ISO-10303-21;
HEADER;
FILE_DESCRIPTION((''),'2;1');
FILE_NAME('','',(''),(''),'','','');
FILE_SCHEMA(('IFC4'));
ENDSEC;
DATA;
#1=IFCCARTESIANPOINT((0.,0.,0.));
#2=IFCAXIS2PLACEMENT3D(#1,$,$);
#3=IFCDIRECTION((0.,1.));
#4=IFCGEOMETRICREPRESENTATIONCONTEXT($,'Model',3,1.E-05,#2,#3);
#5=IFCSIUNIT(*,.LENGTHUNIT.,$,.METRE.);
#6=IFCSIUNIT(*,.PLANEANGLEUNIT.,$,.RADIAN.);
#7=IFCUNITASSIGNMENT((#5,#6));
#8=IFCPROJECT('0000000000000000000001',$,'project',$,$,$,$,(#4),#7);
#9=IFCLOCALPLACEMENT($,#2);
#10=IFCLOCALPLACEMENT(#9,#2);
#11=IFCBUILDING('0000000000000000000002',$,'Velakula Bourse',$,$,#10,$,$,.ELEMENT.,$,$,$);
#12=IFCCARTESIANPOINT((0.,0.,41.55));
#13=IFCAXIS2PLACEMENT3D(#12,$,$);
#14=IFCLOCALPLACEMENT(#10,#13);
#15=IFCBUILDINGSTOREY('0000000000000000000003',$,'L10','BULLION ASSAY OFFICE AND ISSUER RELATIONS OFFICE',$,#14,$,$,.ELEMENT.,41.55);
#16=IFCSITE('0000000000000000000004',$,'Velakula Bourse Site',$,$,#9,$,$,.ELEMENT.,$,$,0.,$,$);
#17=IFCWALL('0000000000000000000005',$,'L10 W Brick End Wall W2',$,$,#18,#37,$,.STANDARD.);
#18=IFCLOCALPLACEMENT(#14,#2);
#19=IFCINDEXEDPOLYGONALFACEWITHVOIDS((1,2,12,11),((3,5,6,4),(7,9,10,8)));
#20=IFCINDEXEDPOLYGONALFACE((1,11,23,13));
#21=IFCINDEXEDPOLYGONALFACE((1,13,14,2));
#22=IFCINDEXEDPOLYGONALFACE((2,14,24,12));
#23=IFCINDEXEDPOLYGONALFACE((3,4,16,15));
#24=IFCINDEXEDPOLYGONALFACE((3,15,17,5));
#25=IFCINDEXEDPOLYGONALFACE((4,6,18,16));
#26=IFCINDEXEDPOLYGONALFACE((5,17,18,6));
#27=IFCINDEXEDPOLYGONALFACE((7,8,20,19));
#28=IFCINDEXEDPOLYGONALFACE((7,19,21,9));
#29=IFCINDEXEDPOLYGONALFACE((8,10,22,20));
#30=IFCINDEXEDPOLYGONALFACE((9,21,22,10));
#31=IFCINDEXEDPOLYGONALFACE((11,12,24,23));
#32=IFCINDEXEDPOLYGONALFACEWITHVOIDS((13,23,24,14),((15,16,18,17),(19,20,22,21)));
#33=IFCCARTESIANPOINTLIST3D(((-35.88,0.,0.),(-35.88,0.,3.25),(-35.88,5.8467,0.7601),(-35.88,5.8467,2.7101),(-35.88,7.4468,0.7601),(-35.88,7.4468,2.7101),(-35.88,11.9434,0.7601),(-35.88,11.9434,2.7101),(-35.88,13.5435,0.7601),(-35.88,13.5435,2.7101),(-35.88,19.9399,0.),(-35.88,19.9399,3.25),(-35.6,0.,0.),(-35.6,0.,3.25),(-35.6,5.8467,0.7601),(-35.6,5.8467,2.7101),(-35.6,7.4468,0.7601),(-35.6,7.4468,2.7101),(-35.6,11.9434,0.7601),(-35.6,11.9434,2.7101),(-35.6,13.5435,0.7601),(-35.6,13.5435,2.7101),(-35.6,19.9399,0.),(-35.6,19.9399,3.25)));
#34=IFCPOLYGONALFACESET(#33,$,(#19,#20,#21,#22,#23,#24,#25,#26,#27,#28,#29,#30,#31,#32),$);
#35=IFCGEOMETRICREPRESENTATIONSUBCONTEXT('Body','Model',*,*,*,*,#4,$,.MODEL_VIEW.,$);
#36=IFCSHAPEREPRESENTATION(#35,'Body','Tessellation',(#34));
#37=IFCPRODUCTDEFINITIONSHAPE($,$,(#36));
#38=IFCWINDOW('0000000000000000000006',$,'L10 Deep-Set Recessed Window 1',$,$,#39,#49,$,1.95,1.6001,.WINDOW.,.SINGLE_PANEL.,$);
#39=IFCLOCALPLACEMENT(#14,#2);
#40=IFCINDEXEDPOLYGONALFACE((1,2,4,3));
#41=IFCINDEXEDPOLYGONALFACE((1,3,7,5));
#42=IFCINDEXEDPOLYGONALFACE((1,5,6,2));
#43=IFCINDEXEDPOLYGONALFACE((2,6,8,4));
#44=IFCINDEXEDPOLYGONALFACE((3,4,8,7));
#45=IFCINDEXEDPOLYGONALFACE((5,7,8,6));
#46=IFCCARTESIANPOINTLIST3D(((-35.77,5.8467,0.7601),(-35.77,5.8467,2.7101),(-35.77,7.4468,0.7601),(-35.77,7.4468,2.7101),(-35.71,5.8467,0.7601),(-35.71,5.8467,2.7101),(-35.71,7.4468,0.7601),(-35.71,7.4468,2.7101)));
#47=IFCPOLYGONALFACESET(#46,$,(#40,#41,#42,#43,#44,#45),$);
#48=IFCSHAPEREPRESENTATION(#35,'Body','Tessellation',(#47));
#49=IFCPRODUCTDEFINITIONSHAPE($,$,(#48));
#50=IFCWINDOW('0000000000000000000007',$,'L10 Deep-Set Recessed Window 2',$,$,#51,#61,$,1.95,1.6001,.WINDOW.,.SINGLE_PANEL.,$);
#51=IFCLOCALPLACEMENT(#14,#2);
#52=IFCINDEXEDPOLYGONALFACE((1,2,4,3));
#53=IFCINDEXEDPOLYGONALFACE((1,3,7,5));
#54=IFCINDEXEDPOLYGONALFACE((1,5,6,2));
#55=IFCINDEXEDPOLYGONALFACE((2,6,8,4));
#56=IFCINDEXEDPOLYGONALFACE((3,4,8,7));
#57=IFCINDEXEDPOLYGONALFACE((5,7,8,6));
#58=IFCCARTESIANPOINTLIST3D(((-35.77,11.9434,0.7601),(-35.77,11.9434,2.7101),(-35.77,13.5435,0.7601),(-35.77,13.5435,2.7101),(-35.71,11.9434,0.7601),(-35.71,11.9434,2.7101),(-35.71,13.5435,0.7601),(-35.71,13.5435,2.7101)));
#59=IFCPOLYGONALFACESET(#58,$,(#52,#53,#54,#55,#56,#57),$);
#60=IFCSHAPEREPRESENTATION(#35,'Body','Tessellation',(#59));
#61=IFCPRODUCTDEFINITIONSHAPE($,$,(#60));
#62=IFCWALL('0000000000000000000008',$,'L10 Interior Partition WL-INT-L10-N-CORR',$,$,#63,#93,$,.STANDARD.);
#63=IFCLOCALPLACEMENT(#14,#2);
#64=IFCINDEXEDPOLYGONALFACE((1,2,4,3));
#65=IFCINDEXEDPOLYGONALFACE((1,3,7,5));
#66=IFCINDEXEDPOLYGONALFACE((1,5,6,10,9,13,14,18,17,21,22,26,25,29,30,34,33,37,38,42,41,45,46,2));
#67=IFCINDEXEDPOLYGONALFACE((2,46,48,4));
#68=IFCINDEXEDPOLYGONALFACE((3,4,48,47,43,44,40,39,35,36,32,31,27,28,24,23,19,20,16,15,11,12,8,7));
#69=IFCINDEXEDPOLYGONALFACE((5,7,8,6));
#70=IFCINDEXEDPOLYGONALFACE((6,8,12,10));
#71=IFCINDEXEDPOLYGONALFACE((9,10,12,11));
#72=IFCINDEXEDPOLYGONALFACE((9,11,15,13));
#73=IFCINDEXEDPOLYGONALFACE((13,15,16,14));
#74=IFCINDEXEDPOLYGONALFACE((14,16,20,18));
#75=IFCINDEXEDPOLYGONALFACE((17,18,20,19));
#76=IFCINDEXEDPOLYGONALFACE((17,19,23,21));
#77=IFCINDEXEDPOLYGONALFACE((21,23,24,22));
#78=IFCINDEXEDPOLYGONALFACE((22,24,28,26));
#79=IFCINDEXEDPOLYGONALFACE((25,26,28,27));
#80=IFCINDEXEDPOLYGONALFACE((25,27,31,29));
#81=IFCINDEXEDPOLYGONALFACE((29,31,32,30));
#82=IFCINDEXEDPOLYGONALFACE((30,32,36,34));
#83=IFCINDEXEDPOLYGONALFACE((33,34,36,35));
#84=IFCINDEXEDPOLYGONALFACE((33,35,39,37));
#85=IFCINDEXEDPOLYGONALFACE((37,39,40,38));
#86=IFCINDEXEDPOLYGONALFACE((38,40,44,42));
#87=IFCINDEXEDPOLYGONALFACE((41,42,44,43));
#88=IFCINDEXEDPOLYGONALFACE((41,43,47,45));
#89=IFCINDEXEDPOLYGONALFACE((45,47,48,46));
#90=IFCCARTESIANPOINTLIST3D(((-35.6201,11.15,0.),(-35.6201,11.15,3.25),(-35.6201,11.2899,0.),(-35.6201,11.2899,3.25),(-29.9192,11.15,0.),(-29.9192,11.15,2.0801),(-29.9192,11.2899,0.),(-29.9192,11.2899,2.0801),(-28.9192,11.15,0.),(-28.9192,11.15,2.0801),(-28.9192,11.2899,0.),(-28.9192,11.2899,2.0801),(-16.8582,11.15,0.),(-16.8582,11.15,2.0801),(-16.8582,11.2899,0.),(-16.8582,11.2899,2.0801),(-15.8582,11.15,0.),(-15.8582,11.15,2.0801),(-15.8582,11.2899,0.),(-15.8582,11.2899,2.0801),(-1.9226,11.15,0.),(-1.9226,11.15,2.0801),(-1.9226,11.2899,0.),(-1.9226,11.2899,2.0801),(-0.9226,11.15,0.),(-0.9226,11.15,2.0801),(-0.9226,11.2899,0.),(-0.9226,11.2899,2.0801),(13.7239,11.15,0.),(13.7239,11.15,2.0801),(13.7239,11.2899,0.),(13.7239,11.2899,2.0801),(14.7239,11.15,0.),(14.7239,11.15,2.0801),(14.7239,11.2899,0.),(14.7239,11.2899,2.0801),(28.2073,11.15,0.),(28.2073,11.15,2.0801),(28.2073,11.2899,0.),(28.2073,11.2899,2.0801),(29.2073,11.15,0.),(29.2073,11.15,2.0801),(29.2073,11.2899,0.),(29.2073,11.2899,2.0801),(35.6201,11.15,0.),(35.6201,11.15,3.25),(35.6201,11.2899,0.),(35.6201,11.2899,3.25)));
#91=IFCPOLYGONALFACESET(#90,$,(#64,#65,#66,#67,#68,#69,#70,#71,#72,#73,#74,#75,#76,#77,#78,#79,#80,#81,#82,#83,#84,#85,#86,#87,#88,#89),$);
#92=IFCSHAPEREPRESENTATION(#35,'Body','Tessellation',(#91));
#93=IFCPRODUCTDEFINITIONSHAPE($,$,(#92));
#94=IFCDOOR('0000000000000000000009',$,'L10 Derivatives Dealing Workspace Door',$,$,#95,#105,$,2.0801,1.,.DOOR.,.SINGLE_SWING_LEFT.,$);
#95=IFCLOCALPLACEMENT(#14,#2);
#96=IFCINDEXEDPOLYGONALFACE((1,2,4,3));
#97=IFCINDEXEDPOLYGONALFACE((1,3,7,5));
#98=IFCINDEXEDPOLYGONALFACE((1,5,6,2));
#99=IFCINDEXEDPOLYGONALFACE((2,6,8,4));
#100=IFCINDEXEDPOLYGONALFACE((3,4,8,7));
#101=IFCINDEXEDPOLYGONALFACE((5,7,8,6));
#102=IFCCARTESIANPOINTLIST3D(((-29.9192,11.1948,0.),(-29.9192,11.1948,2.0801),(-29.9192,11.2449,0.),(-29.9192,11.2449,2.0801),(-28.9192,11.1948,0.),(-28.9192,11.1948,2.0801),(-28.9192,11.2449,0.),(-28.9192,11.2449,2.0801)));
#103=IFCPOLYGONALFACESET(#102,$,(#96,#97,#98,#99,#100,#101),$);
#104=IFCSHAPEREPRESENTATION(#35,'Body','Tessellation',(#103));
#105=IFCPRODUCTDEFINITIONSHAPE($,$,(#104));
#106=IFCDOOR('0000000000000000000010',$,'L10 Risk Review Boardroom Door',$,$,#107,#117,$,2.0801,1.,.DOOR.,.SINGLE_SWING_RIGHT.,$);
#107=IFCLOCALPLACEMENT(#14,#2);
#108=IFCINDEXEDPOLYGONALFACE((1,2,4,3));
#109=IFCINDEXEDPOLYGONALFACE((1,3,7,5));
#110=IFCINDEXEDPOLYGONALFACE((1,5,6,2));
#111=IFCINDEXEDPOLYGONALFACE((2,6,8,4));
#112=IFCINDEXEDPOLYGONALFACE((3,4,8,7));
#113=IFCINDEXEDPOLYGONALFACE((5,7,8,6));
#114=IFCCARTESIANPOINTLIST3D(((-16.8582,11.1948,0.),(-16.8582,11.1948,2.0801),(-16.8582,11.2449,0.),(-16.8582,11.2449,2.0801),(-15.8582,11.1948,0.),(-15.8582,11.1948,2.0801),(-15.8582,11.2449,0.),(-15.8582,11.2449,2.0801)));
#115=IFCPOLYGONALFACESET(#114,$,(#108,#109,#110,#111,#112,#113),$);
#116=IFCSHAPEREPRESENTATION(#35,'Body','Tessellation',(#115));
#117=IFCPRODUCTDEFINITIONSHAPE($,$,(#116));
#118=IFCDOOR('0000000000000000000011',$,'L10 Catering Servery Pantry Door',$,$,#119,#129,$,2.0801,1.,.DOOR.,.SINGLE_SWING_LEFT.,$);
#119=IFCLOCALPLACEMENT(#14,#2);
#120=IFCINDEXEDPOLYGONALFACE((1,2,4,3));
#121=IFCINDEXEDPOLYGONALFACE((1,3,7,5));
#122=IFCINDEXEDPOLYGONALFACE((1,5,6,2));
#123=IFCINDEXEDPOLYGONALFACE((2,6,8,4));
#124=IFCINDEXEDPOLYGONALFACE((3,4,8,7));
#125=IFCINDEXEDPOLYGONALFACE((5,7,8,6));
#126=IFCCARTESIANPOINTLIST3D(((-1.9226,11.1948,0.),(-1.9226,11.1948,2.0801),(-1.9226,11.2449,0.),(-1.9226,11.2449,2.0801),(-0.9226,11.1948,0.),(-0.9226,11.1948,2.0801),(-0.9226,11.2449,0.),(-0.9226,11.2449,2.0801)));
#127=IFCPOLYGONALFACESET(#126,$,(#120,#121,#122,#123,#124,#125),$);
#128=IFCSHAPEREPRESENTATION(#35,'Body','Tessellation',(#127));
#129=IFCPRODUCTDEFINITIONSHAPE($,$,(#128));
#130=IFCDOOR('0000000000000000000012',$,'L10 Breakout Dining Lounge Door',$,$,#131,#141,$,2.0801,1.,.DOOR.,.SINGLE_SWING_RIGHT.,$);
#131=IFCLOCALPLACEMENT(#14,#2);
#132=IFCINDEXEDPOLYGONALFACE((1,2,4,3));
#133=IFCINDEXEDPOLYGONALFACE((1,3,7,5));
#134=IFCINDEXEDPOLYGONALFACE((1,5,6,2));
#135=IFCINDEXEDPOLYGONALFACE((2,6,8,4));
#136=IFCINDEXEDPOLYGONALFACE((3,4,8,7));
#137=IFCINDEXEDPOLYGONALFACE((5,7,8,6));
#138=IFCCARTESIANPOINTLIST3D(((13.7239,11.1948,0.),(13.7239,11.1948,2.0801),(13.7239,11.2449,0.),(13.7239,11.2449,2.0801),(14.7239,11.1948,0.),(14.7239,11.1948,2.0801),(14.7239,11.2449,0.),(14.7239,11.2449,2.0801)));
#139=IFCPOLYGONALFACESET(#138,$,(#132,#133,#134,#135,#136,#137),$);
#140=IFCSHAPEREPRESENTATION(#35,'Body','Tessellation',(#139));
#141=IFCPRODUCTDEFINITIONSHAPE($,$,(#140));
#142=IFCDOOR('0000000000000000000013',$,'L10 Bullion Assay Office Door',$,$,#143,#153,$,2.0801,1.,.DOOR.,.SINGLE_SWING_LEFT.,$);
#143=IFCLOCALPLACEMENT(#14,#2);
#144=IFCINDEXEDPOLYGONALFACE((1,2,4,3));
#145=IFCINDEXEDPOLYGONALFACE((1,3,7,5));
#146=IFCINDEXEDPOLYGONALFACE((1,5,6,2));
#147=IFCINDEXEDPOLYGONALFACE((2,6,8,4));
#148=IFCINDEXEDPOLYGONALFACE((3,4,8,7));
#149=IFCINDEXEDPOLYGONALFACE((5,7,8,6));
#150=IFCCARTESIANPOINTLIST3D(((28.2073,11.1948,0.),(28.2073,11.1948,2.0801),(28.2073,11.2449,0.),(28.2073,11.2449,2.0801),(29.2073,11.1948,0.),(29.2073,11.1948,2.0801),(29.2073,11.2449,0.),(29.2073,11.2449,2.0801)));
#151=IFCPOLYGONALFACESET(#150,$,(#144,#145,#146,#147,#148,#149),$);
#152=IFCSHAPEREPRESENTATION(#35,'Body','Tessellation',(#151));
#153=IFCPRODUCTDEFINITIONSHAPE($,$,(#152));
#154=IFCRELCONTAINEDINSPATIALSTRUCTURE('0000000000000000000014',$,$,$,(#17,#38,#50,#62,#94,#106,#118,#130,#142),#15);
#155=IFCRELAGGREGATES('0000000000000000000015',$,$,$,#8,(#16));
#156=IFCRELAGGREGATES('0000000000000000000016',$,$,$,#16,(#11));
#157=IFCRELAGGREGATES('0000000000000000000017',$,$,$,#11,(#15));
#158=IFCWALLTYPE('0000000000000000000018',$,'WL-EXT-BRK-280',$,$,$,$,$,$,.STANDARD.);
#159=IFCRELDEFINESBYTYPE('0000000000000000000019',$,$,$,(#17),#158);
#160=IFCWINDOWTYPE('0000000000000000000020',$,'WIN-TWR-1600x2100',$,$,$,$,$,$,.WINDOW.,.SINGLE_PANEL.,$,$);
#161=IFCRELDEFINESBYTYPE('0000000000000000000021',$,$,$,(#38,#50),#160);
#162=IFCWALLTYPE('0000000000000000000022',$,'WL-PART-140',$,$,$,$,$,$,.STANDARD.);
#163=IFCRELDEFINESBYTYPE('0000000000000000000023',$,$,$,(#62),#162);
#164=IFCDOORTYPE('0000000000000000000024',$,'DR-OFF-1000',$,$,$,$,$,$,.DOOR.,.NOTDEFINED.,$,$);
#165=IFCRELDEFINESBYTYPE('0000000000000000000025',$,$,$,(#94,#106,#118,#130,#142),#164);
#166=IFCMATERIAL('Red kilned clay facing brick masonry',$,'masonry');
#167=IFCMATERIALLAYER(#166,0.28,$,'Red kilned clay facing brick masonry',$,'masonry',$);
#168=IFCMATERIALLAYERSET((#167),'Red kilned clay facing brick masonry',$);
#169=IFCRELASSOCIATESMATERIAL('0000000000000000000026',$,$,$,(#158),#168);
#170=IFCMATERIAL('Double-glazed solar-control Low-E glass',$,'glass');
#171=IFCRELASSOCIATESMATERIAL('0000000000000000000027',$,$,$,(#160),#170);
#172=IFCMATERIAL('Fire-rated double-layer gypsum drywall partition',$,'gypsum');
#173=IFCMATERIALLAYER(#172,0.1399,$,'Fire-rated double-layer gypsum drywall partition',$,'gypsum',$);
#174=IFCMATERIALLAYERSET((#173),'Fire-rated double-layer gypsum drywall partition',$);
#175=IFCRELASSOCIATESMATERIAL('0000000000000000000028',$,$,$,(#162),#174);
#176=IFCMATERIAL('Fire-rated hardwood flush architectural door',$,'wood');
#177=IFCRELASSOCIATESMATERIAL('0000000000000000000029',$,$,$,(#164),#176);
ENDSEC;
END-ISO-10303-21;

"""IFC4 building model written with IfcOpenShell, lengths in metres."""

from ifc_helpers import new_model, si_unit, direction, frame, frame_2d, origin, place, context, subcontext, project, spatial, rectangle, extrude, material, layer, layer_set, type_object, element, fill, save


model = new_model("IFC4")

# Units and contexts
model_context = context("Model", 3, precision=1e-05, world=origin(), true_north=direction((0.0, 1.0)))
body_context = subcontext(model_context, "Body", "Model", "MODEL_VIEW")
ifc_project = project(units=[si_unit("LENGTHUNIT", "METRE"), si_unit("PLANEANGLEUNIT", "RADIAN")], contexts=[model_context])

# Site, building, storey
site_placement = place(None, origin())
site = spatial("IfcSite", under=ifc_project, at=site_placement, Name="Velakula Bourse Site", CompositionType="ELEMENT", RefElevation=0.0)
building_placement = place(site_placement, origin())
building = spatial("IfcBuilding", under=site, at=building_placement, Name="Velakula Bourse", CompositionType="ELEMENT")
storey_placement = place(building_placement, frame((0.0, 0.0, 41.55)))
storey = spatial("IfcBuildingStorey", under=building, at=storey_placement, Name="L10", Description="BULLION ASSAY OFFICE AND ISSUER RELATIONS OFFICE", CompositionType="ELEMENT", Elevation=41.55)

# Wall, openings, windows
ifc_material_1 = material(Name="Red kilned clay facing brick masonry", Category="masonry")
ifc_layer_1 = layer(ifc_material_1, 0.28, Name="Red kilned clay facing brick masonry", Category="masonry")
ifc_layer_set_1 = layer_set([ifc_layer_1], Name="Red kilned clay facing brick masonry")
wall_type_1 = type_object("IfcWallType", Name="WL-EXT-BRK-280", PredefinedType="STANDARD", material=ifc_layer_set_1)
wall_1_placement = place(storey_placement, frame((-35.74, 0.0, 0.0), z_axis=(0.0, 0.0, 1.0), x_axis=(0.0, 1.0, 0.0)))
wall_1 = element("IfcWall", 1, at=wall_1_placement, inside=storey, type_object=wall_type_1, Name="L10 W Brick End Wall W2", PredefinedType="STANDARD", context=body_context, shape_type="SweptSolid", body=[
    extrude(rectangle(XDim=19.9399, YDim=0.28, at=frame_2d((9.97, 0.0))), origin(), (0.0, 0.0, 1.0), 3.25),
])
opening_1_placement = place(wall_1_placement, frame((5.8467, 0.0, 0.76)))
opening_1 = element("IfcOpeningElement", 2, at=opening_1_placement, cuts=wall_1, PredefinedType="OPENING", context=body_context, shape_type="SweptSolid", body=[
    extrude(rectangle(XDim=1.6001, YDim=1.95, at=frame_2d((0.8, 0.9751))), frame((0.0, 0.1499, 0.0), z_axis=(0.0, -1.0, 0.0), x_axis=(1.0, 0.0, 0.0)), (0.0, 0.0, 1.0), 0.3),
])
opening_2_placement = place(wall_1_placement, frame((11.9434, 0.0, 0.76)))
opening_2 = element("IfcOpeningElement", 3, at=opening_2_placement, cuts=wall_1, PredefinedType="OPENING", context=body_context, shape_type="SweptSolid", body=[
    extrude(rectangle(XDim=1.6001, YDim=1.95, at=frame_2d((0.8, 0.9751))), frame((0.0, 0.1499, 0.0), z_axis=(0.0, -1.0, 0.0), x_axis=(1.0, 0.0, 0.0)), (0.0, 0.0, 1.0), 0.3),
])
ifc_material_2 = material(Name="Double-glazed solar-control Low-E glass", Category="glass")
window_type = type_object("IfcWindowType", Name="WIN-TWR-1600x2100", PartitioningType="SINGLE_PANEL", PredefinedType="WINDOW", material=ifc_material_2)
window_1_placement = place(opening_1_placement, origin())
window_1 = element("IfcWindow", 4, at=window_1_placement, inside=storey, type_object=window_type, Name="L10 Deep-Set Recessed Window 1", OverallHeight=1.95, OverallWidth=1.6001, PartitioningType="SINGLE_PANEL", PredefinedType="WINDOW", context=body_context, shape_type="SweptSolid", body=[
    extrude(rectangle(XDim=1.6001, YDim=1.95, at=frame_2d((0.8, 0.9751))), frame((0.0, 0.03, 0.0), z_axis=(0.0, -1.0, 0.0), x_axis=(1.0, 0.0, 0.0)), (0.0, 0.0, 1.0), 0.0601),
])
fill(opening_1, window_1)
window_2_placement = place(opening_2_placement, origin())
window_2 = element("IfcWindow", 5, at=window_2_placement, inside=storey, type_object=window_type, Name="L10 Deep-Set Recessed Window 2", OverallHeight=1.95, OverallWidth=1.6001, PartitioningType="SINGLE_PANEL", PredefinedType="WINDOW", context=body_context, shape_type="SweptSolid", body=[
    extrude(rectangle(XDim=1.6001, YDim=1.95, at=frame_2d((0.8, 0.9751))), frame((0.0, 0.03, 0.0), z_axis=(0.0, -1.0, 0.0), x_axis=(1.0, 0.0, 0.0)), (0.0, 0.0, 1.0), 0.0601),
])
fill(opening_2, window_2)

# Wall, openings, doors
ifc_material_3 = material(Name="Fire-rated double-layer gypsum drywall partition", Category="gypsum")
ifc_layer_2 = layer(ifc_material_3, 0.1399, Name="Fire-rated double-layer gypsum drywall partition", Category="gypsum")
ifc_layer_set_2 = layer_set([ifc_layer_2], Name="Fire-rated double-layer gypsum drywall partition")
wall_type_2 = type_object("IfcWallType", Name="WL-PART-140", PredefinedType="STANDARD", material=ifc_layer_set_2)
wall_2_placement = place(storey_placement, frame((-35.6201, 11.22, 0.0), z_axis=(0.0, 0.0, 1.0), x_axis=(1.0, 0.0, 0.0)))
wall_2 = element("IfcWall", 6, at=wall_2_placement, inside=storey, type_object=wall_type_2, Name="L10 Interior Partition WL-INT-L10-N-CORR", PredefinedType="STANDARD", context=body_context, shape_type="SweptSolid", body=[
    extrude(rectangle(XDim=71.2402, YDim=0.1399, at=frame_2d((35.6201, 0.0))), origin(), (0.0, 0.0, 1.0), 3.25),
])
opening_3_placement = place(wall_2_placement, frame((5.7009, 0.0, 0.0)))
opening_3 = element("IfcOpeningElement", 7, at=opening_3_placement, cuts=wall_2, PredefinedType="OPENING", context=body_context, shape_type="SweptSolid", body=[
    extrude(rectangle(XDim=1.0, YDim=2.0801, at=frame_2d((0.5, 1.04))), frame((0.0, 0.0798, 0.0), z_axis=(0.0, -1.0, 0.0), x_axis=(1.0, 0.0, 0.0)), (0.0, 0.0, 1.0), 0.1599),
])
opening_4_placement = place(wall_2_placement, frame((18.762, 0.0, 0.0)))
opening_4 = element("IfcOpeningElement", 8, at=opening_4_placement, cuts=wall_2, PredefinedType="OPENING", context=body_context, shape_type="SweptSolid", body=[
    extrude(rectangle(XDim=1.0, YDim=2.0801, at=frame_2d((0.5, 1.04))), frame((0.0, 0.0798, 0.0), z_axis=(0.0, -1.0, 0.0), x_axis=(1.0, 0.0, 0.0)), (0.0, 0.0, 1.0), 0.1599),
])
opening_5_placement = place(wall_2_placement, frame((33.6975, 0.0, 0.0)))
opening_5 = element("IfcOpeningElement", 9, at=opening_5_placement, cuts=wall_2, PredefinedType="OPENING", context=body_context, shape_type="SweptSolid", body=[
    extrude(rectangle(XDim=1.0, YDim=2.0801, at=frame_2d((0.5, 1.04))), frame((0.0, 0.0798, 0.0), z_axis=(0.0, -1.0, 0.0), x_axis=(1.0, 0.0, 0.0)), (0.0, 0.0, 1.0), 0.1599),
])
opening_6_placement = place(wall_2_placement, frame((49.344, 0.0, 0.0)))
opening_6 = element("IfcOpeningElement", 10, at=opening_6_placement, cuts=wall_2, PredefinedType="OPENING", context=body_context, shape_type="SweptSolid", body=[
    extrude(rectangle(XDim=1.0, YDim=2.0801, at=frame_2d((0.5, 1.04))), frame((0.0, 0.0798, 0.0), z_axis=(0.0, -1.0, 0.0), x_axis=(1.0, 0.0, 0.0)), (0.0, 0.0, 1.0), 0.1599),
])
opening_7_placement = place(wall_2_placement, frame((63.8274, 0.0, 0.0)))
opening_7 = element("IfcOpeningElement", 11, at=opening_7_placement, cuts=wall_2, PredefinedType="OPENING", context=body_context, shape_type="SweptSolid", body=[
    extrude(rectangle(XDim=1.0, YDim=2.0801, at=frame_2d((0.5, 1.04))), frame((0.0, 0.0798, 0.0), z_axis=(0.0, -1.0, 0.0), x_axis=(1.0, 0.0, 0.0)), (0.0, 0.0, 1.0), 0.1599),
])
ifc_material_4 = material(Name="Fire-rated hardwood flush architectural door", Category="wood")
door_type = type_object("IfcDoorType", Name="DR-OFF-1000", OperationType="NOTDEFINED", PredefinedType="DOOR", material=ifc_material_4)
door_1_placement = place(opening_3_placement, origin())
door_1 = element("IfcDoor", 12, at=door_1_placement, inside=storey, type_object=door_type, Name="L10 Derivatives Dealing Workspace Door", OperationType="SINGLE_SWING_LEFT", OverallHeight=2.0801, OverallWidth=1.0, PredefinedType="DOOR", context=body_context, shape_type="SweptSolid", body=[
    extrude(rectangle(XDim=1.0, YDim=2.0801, at=frame_2d((0.5, 1.04))), frame((0.0, 0.0249, 0.0), z_axis=(0.0, -1.0, 0.0), x_axis=(1.0, 0.0, 0.0)), (0.0, 0.0, 1.0), 0.05),
])
fill(opening_3, door_1)
door_2_placement = place(opening_4_placement, origin())
door_2 = element("IfcDoor", 13, at=door_2_placement, inside=storey, type_object=door_type, Name="L10 Risk Review Boardroom Door", OperationType="SINGLE_SWING_RIGHT", OverallHeight=2.0801, OverallWidth=1.0, PredefinedType="DOOR", context=body_context, shape_type="SweptSolid", body=[
    extrude(rectangle(XDim=1.0, YDim=2.0801, at=frame_2d((0.5, 1.04))), frame((0.0, 0.0249, 0.0), z_axis=(0.0, -1.0, 0.0), x_axis=(1.0, 0.0, 0.0)), (0.0, 0.0, 1.0), 0.05),
])
fill(opening_4, door_2)
door_3_placement = place(opening_5_placement, origin())
door_3 = element("IfcDoor", 14, at=door_3_placement, inside=storey, type_object=door_type, Name="L10 Catering Servery Pantry Door", OperationType="SINGLE_SWING_LEFT", OverallHeight=2.0801, OverallWidth=1.0, PredefinedType="DOOR", context=body_context, shape_type="SweptSolid", body=[
    extrude(rectangle(XDim=1.0, YDim=2.0801, at=frame_2d((0.5, 1.04))), frame((0.0, 0.0249, 0.0), z_axis=(0.0, -1.0, 0.0), x_axis=(1.0, 0.0, 0.0)), (0.0, 0.0, 1.0), 0.05),
])
fill(opening_5, door_3)
door_4_placement = place(opening_6_placement, origin())
door_4 = element("IfcDoor", 15, at=door_4_placement, inside=storey, type_object=door_type, Name="L10 Breakout Dining Lounge Door", OperationType="SINGLE_SWING_RIGHT", OverallHeight=2.0801, OverallWidth=1.0, PredefinedType="DOOR", context=body_context, shape_type="SweptSolid", body=[
    extrude(rectangle(XDim=1.0, YDim=2.0801, at=frame_2d((0.5, 1.04))), frame((0.0, 0.0249, 0.0), z_axis=(0.0, -1.0, 0.0), x_axis=(1.0, 0.0, 0.0)), (0.0, 0.0, 1.0), 0.05),
])
fill(opening_6, door_4)
door_5_placement = place(opening_7_placement, origin())
door_5 = element("IfcDoor", 16, at=door_5_placement, inside=storey, type_object=door_type, Name="L10 Bullion Assay Office Door", OperationType="SINGLE_SWING_LEFT", OverallHeight=2.0801, OverallWidth=1.0, PredefinedType="DOOR", context=body_context, shape_type="SweptSolid", body=[
    extrude(rectangle(XDim=1.0, YDim=2.0801, at=frame_2d((0.5, 1.04))), frame((0.0, 0.0249, 0.0), z_axis=(0.0, -1.0, 0.0), x_axis=(1.0, 0.0, 0.0)), (0.0, 0.0, 1.0), 0.05),
])
fill(opening_7, door_5)

save(model, "model.ifc")
